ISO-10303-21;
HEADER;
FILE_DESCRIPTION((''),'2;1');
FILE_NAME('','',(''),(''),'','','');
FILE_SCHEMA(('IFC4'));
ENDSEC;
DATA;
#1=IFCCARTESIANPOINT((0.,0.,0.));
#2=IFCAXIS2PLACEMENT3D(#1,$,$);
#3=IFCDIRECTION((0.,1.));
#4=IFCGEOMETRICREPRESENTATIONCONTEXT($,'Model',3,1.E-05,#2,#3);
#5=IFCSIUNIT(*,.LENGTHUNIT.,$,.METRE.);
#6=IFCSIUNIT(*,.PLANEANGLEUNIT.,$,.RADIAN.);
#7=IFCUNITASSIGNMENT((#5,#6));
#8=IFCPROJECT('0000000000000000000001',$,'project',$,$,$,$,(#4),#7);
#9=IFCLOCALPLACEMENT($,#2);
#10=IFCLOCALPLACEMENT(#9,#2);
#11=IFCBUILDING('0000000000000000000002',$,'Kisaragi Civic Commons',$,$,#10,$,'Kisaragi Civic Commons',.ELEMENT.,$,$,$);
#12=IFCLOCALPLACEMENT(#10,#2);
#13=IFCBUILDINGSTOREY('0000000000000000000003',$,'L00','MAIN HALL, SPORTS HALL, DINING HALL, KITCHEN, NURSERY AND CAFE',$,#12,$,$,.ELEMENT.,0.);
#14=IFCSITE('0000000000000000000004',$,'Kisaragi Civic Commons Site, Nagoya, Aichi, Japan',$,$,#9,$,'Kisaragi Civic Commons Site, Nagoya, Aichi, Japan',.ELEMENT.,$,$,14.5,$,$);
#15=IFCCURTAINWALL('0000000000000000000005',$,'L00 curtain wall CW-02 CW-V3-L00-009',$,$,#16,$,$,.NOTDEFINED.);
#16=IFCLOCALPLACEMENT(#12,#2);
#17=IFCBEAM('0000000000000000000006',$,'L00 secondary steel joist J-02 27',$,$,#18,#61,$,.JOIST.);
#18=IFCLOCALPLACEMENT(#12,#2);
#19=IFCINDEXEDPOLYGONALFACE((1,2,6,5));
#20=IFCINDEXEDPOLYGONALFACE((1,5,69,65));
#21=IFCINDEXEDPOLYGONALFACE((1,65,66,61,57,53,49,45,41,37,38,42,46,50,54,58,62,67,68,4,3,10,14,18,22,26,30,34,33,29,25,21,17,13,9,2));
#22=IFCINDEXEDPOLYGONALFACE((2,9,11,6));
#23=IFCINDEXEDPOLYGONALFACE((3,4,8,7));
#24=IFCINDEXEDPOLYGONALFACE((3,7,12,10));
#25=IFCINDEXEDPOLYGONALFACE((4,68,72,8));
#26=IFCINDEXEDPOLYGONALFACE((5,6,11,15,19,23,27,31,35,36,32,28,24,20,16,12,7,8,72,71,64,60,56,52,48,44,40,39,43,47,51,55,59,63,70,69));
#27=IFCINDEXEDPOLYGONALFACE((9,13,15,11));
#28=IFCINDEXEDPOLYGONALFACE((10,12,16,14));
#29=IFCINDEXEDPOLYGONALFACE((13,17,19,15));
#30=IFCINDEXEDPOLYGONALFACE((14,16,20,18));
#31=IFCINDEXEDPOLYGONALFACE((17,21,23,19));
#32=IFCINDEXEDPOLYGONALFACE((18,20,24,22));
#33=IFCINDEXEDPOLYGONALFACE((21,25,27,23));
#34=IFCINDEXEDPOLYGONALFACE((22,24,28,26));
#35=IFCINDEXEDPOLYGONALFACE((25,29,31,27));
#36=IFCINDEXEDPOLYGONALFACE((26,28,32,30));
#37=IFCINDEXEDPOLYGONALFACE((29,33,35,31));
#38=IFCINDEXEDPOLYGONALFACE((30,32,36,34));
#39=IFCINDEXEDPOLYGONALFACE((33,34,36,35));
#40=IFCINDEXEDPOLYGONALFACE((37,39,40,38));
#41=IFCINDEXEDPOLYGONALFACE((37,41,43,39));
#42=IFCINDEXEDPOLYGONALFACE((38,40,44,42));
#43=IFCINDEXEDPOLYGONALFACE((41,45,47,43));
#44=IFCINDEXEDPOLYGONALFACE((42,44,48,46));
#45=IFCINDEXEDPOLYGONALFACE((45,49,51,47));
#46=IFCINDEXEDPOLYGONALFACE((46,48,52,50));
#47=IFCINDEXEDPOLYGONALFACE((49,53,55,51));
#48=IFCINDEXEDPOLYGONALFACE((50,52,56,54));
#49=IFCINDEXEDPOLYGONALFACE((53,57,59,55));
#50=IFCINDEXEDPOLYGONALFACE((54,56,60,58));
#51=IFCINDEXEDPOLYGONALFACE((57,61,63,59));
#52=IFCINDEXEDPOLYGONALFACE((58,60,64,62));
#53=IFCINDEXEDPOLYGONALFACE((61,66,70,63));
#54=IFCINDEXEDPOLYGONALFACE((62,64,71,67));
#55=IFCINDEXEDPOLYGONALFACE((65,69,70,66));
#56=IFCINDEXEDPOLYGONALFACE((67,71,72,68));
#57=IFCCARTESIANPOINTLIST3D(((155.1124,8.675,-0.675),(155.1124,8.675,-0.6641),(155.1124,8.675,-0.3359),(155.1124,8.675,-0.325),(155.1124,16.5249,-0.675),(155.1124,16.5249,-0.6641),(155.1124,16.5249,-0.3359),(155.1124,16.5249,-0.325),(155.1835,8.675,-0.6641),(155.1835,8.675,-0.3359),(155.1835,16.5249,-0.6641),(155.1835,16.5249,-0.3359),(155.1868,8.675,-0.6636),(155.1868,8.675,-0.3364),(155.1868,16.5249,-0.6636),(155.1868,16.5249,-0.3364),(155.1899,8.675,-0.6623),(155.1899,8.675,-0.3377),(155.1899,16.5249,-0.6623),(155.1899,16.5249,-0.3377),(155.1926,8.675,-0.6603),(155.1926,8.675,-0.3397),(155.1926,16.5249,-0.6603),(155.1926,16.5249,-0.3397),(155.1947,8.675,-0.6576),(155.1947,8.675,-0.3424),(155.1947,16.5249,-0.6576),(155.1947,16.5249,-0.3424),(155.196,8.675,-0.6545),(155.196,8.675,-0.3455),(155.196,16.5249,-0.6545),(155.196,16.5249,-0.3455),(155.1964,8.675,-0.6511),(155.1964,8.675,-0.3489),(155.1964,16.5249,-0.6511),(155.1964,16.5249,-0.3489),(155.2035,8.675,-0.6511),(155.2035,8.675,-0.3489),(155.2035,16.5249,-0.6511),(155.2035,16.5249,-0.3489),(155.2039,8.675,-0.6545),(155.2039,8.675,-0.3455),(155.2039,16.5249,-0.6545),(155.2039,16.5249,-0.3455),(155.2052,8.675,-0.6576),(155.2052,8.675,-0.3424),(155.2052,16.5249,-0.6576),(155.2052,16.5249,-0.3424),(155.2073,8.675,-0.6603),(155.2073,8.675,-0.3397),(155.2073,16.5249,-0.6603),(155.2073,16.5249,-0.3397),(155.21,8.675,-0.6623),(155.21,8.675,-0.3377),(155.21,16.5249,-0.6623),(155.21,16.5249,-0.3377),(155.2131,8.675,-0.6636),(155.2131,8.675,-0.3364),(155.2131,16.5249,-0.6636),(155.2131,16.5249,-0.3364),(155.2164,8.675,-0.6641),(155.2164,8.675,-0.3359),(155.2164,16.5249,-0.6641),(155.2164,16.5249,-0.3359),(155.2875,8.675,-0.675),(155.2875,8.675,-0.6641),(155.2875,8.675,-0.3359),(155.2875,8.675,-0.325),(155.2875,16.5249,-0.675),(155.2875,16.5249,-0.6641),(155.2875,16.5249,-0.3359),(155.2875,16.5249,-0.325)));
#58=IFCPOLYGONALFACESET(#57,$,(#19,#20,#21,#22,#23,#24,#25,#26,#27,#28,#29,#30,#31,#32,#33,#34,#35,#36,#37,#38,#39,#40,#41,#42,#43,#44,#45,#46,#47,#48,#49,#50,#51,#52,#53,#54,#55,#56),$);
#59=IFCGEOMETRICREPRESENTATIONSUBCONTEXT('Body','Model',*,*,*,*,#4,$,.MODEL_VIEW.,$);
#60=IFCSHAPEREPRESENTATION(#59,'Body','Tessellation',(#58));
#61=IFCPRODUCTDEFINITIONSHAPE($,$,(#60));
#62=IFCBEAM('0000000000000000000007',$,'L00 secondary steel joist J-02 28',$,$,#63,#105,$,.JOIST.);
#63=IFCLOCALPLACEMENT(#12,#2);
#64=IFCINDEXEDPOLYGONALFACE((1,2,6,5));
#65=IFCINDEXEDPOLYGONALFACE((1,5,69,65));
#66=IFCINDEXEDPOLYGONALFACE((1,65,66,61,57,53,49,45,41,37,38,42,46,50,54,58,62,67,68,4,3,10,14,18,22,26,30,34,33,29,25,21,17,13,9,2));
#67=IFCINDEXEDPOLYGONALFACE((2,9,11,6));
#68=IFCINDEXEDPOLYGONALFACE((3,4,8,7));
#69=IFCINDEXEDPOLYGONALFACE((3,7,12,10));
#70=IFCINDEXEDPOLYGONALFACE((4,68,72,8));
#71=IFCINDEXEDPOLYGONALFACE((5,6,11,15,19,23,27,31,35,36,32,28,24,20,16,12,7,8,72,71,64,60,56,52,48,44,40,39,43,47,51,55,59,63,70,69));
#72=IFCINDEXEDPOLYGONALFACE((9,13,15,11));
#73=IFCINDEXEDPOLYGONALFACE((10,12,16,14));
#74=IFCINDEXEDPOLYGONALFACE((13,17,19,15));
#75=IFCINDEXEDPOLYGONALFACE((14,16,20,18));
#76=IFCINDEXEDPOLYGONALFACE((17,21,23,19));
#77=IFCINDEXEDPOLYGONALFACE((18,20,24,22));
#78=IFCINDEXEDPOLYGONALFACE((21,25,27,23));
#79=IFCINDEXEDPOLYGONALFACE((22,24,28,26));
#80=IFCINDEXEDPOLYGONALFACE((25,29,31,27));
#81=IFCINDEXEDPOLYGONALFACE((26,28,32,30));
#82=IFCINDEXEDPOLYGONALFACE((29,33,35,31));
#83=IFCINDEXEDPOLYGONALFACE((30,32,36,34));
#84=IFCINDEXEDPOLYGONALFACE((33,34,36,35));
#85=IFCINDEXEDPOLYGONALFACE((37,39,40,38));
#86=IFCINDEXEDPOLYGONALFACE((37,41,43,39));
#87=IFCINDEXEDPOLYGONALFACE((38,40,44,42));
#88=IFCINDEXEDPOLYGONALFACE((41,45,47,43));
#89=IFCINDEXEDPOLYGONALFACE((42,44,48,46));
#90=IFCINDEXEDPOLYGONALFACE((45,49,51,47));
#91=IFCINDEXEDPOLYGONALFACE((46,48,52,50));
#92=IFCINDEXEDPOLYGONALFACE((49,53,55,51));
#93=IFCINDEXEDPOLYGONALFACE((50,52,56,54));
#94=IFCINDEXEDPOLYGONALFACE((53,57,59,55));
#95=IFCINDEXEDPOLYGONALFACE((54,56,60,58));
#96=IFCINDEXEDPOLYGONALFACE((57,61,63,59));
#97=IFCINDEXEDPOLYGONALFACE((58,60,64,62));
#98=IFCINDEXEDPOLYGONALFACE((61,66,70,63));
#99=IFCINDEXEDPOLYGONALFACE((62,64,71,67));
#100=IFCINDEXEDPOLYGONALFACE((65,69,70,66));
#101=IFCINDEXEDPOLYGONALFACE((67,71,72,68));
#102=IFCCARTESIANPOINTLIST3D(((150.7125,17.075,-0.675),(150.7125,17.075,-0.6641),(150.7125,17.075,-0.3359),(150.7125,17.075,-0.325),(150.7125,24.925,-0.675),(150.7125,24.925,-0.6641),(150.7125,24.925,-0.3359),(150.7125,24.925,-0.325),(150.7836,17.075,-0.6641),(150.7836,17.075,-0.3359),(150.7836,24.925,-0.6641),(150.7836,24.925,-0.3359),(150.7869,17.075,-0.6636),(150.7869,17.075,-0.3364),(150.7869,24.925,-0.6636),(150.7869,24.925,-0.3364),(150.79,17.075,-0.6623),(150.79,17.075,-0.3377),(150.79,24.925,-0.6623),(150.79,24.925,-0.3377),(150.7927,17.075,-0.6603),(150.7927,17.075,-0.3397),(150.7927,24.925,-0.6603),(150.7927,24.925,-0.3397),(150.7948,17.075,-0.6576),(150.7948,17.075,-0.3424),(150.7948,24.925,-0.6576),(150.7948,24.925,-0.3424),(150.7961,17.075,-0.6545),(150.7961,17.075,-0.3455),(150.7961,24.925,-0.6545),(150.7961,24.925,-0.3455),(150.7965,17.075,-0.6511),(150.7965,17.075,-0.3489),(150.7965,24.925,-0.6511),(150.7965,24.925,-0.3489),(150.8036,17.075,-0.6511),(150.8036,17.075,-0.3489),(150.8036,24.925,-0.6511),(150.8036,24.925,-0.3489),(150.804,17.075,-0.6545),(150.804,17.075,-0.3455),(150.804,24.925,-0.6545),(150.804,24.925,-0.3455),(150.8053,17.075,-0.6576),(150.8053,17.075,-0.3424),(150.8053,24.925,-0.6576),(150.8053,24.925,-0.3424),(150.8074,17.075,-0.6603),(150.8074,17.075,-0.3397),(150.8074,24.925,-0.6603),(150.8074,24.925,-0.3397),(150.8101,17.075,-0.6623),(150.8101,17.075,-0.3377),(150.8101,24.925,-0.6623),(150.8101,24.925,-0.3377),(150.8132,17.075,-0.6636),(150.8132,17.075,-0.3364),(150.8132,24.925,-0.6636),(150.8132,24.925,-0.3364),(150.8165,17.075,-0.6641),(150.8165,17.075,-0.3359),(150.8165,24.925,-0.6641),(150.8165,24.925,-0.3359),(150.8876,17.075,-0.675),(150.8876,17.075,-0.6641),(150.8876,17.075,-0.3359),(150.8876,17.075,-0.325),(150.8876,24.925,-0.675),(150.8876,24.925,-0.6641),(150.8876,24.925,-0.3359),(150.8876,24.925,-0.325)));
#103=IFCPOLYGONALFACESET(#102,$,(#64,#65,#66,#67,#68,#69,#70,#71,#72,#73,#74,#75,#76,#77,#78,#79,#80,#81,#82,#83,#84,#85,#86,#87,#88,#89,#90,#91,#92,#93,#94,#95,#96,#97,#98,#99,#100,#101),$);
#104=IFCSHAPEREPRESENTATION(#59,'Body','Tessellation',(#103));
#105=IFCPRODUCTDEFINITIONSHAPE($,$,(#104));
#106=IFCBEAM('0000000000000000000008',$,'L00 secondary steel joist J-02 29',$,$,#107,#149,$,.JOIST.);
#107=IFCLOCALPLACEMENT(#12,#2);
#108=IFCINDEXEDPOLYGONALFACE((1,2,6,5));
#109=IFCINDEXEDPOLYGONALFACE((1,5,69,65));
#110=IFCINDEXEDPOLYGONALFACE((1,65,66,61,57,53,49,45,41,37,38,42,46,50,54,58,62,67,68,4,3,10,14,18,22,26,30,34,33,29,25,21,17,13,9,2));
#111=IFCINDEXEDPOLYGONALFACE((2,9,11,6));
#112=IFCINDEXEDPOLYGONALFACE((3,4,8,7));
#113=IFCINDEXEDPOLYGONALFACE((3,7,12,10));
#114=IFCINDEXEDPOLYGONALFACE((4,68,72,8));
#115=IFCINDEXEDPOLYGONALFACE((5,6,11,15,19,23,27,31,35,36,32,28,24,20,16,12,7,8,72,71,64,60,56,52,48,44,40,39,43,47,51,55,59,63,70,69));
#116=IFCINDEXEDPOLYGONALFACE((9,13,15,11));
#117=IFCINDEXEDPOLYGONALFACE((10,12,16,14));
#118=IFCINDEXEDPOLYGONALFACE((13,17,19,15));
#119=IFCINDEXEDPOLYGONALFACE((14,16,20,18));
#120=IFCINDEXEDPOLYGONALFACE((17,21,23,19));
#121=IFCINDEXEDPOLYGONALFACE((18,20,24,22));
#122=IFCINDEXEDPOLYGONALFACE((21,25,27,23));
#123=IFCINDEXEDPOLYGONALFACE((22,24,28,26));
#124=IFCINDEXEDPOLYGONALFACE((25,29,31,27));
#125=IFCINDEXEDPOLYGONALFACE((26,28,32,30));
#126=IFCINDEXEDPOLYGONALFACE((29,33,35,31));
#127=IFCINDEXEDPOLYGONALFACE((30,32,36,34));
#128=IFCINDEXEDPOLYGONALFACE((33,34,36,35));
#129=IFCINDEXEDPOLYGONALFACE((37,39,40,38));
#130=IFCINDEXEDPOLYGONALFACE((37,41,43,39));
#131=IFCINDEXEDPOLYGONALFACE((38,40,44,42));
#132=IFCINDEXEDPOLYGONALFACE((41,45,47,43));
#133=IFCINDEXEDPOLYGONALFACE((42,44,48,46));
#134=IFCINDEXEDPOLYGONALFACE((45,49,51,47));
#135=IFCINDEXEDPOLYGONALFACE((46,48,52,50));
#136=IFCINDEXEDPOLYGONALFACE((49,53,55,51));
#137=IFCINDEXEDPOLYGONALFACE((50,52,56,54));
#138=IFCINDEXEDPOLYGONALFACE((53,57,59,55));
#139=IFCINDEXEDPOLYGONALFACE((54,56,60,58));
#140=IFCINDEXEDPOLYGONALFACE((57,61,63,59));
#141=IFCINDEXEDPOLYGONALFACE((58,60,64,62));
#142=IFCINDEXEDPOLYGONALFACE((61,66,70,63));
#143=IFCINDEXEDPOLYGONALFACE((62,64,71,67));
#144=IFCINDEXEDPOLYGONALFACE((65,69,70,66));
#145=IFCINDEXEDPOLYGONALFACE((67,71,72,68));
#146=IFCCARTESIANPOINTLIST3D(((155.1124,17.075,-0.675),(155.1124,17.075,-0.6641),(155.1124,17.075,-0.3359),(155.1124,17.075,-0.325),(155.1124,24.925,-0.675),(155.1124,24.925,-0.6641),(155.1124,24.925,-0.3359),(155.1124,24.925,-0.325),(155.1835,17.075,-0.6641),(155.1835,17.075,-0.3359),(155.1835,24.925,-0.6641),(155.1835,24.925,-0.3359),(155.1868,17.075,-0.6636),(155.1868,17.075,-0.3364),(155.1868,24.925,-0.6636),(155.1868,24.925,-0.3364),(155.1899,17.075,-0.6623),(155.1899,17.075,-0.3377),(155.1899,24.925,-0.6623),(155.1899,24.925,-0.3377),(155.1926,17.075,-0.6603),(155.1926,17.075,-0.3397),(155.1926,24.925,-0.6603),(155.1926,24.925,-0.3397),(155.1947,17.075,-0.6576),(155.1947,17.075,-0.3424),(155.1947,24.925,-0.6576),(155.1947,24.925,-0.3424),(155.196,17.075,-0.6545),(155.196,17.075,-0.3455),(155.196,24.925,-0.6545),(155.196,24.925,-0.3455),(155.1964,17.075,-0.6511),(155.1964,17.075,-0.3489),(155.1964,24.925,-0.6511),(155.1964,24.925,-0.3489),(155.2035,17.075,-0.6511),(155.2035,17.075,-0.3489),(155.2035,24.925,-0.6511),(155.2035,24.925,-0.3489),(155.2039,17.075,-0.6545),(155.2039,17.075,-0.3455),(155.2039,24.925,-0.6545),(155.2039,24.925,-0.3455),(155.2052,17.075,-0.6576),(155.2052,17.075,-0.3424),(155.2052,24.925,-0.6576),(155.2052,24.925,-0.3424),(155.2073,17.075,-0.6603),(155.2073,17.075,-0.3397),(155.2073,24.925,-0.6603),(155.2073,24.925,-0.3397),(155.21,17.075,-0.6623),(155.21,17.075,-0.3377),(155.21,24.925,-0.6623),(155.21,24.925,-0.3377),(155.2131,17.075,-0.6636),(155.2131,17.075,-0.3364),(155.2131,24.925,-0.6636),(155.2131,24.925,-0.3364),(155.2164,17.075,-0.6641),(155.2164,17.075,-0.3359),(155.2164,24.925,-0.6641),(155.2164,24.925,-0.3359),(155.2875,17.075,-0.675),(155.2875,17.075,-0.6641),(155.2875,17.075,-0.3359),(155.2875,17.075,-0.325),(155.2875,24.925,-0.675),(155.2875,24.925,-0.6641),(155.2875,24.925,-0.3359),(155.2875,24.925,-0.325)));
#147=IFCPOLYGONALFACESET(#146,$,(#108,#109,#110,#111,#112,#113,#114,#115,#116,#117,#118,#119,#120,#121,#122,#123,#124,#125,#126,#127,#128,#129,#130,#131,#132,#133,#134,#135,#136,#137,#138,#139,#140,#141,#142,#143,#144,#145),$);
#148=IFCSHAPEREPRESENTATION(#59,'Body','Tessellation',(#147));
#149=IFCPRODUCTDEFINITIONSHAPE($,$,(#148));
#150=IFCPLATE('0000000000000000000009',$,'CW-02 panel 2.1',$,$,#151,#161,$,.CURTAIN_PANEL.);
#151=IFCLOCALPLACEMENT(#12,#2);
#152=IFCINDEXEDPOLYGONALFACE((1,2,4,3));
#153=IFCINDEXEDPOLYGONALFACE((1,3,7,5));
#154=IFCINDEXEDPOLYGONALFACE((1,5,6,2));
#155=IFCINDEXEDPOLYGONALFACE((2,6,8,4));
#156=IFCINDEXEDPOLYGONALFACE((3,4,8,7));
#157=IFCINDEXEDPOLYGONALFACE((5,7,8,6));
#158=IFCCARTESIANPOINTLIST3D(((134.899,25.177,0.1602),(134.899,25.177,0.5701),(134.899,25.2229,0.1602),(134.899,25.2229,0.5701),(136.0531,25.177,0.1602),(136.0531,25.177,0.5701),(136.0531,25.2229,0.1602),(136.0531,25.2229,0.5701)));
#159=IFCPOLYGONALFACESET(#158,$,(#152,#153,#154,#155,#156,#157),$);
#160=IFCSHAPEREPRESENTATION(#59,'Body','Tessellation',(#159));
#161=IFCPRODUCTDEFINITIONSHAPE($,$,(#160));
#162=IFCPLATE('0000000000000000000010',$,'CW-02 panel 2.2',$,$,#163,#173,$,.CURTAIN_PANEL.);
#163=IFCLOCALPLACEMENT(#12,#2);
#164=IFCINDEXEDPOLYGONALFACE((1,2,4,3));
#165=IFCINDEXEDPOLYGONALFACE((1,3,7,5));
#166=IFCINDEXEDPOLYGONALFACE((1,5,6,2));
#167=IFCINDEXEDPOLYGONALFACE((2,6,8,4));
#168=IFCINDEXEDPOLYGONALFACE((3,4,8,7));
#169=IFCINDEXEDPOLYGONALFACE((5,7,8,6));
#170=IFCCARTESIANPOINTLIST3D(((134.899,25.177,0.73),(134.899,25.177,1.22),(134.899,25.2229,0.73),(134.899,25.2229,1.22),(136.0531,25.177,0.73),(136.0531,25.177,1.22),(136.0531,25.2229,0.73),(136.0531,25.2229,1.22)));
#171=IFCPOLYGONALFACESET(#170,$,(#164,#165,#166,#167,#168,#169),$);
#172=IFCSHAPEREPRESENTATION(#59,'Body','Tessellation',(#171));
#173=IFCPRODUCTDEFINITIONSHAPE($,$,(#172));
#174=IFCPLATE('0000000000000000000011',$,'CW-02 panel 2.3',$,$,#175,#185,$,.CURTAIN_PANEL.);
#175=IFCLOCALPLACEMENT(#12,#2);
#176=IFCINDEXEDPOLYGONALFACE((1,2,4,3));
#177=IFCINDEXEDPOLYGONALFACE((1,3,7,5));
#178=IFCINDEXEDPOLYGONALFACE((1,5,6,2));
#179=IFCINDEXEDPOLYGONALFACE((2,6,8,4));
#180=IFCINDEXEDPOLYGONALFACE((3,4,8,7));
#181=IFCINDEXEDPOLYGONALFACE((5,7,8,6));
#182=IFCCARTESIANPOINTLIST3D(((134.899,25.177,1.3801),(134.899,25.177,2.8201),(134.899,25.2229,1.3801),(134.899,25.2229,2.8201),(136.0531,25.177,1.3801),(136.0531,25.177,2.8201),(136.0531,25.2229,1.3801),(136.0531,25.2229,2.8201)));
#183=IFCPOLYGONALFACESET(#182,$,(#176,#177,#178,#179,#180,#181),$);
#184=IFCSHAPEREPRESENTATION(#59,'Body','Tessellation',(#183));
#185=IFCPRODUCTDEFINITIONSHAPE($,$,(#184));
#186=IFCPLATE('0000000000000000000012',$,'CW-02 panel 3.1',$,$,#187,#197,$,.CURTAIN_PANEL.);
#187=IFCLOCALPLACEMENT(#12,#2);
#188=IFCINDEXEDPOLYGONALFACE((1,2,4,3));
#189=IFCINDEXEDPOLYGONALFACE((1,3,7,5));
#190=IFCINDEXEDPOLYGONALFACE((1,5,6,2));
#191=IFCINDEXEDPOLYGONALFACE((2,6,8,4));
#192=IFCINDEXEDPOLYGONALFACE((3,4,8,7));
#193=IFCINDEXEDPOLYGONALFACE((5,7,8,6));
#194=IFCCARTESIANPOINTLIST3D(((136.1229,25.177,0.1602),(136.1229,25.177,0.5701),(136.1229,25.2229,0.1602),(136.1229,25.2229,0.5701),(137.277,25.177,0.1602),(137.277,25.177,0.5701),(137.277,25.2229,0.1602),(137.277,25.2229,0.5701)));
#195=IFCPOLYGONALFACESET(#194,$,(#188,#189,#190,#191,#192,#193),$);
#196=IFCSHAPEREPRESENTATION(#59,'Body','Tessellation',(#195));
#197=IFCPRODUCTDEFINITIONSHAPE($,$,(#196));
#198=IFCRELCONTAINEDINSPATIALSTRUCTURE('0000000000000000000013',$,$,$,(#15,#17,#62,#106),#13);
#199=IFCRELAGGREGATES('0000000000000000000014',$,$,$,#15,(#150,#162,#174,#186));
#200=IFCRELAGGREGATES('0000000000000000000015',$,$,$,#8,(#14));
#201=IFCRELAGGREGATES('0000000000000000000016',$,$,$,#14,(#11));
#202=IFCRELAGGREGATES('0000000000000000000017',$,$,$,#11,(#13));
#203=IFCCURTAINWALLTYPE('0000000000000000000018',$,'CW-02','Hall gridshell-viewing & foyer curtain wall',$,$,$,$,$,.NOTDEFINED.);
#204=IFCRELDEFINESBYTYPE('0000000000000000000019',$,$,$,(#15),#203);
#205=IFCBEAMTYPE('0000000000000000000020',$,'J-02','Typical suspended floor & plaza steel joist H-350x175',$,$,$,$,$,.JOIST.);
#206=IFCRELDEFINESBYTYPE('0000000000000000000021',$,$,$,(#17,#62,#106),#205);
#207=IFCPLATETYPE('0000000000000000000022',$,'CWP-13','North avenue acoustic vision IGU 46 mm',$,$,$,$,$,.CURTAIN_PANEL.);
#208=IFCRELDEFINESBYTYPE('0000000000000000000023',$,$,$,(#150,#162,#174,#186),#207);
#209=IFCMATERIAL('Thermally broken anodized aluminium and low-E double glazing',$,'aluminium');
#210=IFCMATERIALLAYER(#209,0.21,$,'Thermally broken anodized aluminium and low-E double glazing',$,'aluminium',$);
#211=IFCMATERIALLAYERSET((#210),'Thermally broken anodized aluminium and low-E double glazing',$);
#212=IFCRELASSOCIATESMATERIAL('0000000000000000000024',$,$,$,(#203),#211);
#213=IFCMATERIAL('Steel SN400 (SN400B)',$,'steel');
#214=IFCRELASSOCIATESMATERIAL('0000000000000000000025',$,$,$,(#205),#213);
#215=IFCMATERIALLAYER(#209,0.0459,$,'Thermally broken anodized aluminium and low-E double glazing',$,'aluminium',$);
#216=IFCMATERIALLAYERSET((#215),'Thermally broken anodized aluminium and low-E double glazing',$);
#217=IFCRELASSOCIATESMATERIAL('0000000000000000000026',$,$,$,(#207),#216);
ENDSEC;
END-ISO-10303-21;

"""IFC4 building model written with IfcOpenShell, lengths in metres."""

from ifc_helpers import new_model, si_unit, direction, frame, origin, origin_2d, place, context, subcontext, project, spatial, rectangle, i_section, extrude, material, layer, layer_set, material_profile, profile_set, type_object, element, aggregate, save


model = new_model("IFC4")

# Units and contexts
model_context = context("Model", 3, precision=1e-05, world=origin(), true_north=direction((0.0, 1.0)))
body_context = subcontext(model_context, "Body", "Model", "MODEL_VIEW")
ifc_project = project(units=[si_unit("LENGTHUNIT", "METRE"), si_unit("PLANEANGLEUNIT", "RADIAN")], contexts=[model_context])

# Site, building, storey
site_placement = place(None, origin())
site = spatial("IfcSite", under=ifc_project, at=site_placement, Name="Kisaragi Civic Commons Site, Nagoya, Aichi, Japan", LongName="Kisaragi Civic Commons Site, Nagoya, Aichi, Japan", CompositionType="ELEMENT", RefElevation=14.5)
building_placement = place(site_placement, origin())
building = spatial("IfcBuilding", under=site, at=building_placement, Name="Kisaragi Civic Commons", LongName="Kisaragi Civic Commons", CompositionType="ELEMENT")
storey_placement = place(building_placement, origin())
storey = spatial("IfcBuildingStorey", under=building, at=storey_placement, Name="L00", Description="MAIN HALL, SPORTS HALL, DINING HALL, KITCHEN, NURSERY AND CAFE", CompositionType="ELEMENT", Elevation=0.0)

# Curtain wall
ifc_material_1 = material(Name="Thermally broken anodized aluminium and low-E double glazing", Category="aluminium")
ifc_layer_1 = layer(ifc_material_1, 0.21, Name="Thermally broken anodized aluminium and low-E double glazing", Category="aluminium")
ifc_layer_set_1 = layer_set([ifc_layer_1], Name="Thermally broken anodized aluminium and low-E double glazing")
curtain_wall_type = type_object("IfcCurtainWallType", Name="CW-02", Description="Hall gridshell-viewing & foyer curtain wall", PredefinedType="NOTDEFINED", material=ifc_layer_set_1)
curtain_wall_placement = place(storey_placement, origin())
curtain_wall = element("IfcCurtainWall", 1, at=curtain_wall_placement, inside=storey, type_object=curtain_wall_type, Name="L00 curtain wall CW-02 CW-V3-L00-009", PredefinedType="NOTDEFINED")

# Beams
ifc_material_2 = material(Name="Steel SN400 (SN400B)", Category="steel")
ifc_material_profile_1 = material_profile(ifc_material_2, i_section(OverallWidth=0.175, OverallDepth=0.3501, WebThickness=0.0071, FlangeThickness=0.011, FilletRadius=0.0129, at=origin_2d()), Name="H-350x175x7x11", Category="steel")
ifc_profile_set_1 = profile_set([ifc_material_profile_1], Name="Steel SN400 (SN400B)")
beam_type_1 = type_object("IfcBeamType", Name="J-02", Description="Typical suspended floor & plaza steel joist H-350x175", PredefinedType="JOIST", material=ifc_profile_set_1)
for number, where, z_axis, x_axis, name in (
    (2, (155.2, 8.675, -0.5), (0.0, 1.0, 0.0), (-1.0, 0.0, 0.0), "L00 secondary steel joist J-02 27"),
):
    element("IfcBeam", number, at=place(storey_placement, frame(where, z_axis=z_axis, x_axis=x_axis)), inside=storey, type_object=beam_type_1, Name=name, PredefinedType="JOIST", context=body_context, shape_type="SweptSolid", body=[
        extrude(i_section(OverallWidth=0.175, OverallDepth=0.3501, WebThickness=0.0071, FlangeThickness=0.011, FilletRadius=0.0129, at=origin_2d()), origin(), (0.0, 0.0, 1.0), 7.8499),
    ])
for number, where, z_axis, x_axis, name in (
    (3, (150.8, 17.075, -0.5), (0.0, 1.0, 0.0), (-1.0, 0.0, 0.0), "L00 secondary steel joist J-02 28"),
    (4, (155.2, 17.075, -0.5), (0.0, 1.0, 0.0), (-1.0, 0.0, 0.0), "L00 secondary steel joist J-02 29"),
):
    element("IfcBeam", number, at=place(storey_placement, frame(where, z_axis=z_axis, x_axis=x_axis)), inside=storey, type_object=beam_type_1, Name=name, PredefinedType="JOIST", context=body_context, shape_type="SweptSolid", body=[
        extrude(i_section(OverallWidth=0.175, OverallDepth=0.3501, WebThickness=0.0071, FlangeThickness=0.011, FilletRadius=0.0129, at=origin_2d()), origin(), (0.0, 0.0, 1.0), 7.8501),
    ])

# Plates
ifc_layer_2 = layer(ifc_material_1, 0.0459, Name="Thermally broken anodized aluminium and low-E double glazing", Category="aluminium")
ifc_layer_set_2 = layer_set([ifc_layer_2], Name="Thermally broken anodized aluminium and low-E double glazing")
plate_type = type_object("IfcPlateType", Name="CWP-13", Description="North avenue acoustic vision IGU 46 mm", PredefinedType="CURTAIN_PANEL", material=ifc_layer_set_2)
plate_1_placement = place(storey_placement, frame((135.4761, 25.2, 0.1602), z_axis=(0.0, 0.0, 1.0), x_axis=(1.0, 0.0, 0.0)))
plate_1 = element("IfcPlate", 5, at=plate_1_placement, type_object=plate_type, Name="CW-02 panel 2.1", PredefinedType="CURTAIN_PANEL", context=body_context, shape_type="SweptSolid", body=[
    extrude(rectangle(XDim=1.1541, YDim=0.0459, at=origin_2d()), origin(), (0.0, 0.0, 1.0), 0.4099),
])
plate_2_placement = place(storey_placement, frame((135.4761, 25.2, 0.73), z_axis=(0.0, 0.0, 1.0), x_axis=(1.0, 0.0, 0.0)))
plate_2 = element("IfcPlate", 6, at=plate_2_placement, type_object=plate_type, Name="CW-02 panel 2.2", PredefinedType="CURTAIN_PANEL", context=body_context, shape_type="SweptSolid", body=[
    extrude(rectangle(XDim=1.1541, YDim=0.0459, at=origin_2d()), origin(), (0.0, 0.0, 1.0), 0.49),
])
plate_3_placement = place(storey_placement, frame((135.4761, 25.2, 1.3801), z_axis=(0.0, 0.0, 1.0), x_axis=(1.0, 0.0, 0.0)))
plate_3 = element("IfcPlate", 7, at=plate_3_placement, type_object=plate_type, Name="CW-02 panel 2.3", PredefinedType="CURTAIN_PANEL", context=body_context, shape_type="SweptSolid", body=[
    extrude(rectangle(XDim=1.1541, YDim=0.0459, at=origin_2d()), origin(), (0.0, 0.0, 1.0), 1.4399),
])
plate_4_placement = place(storey_placement, frame((136.7, 25.2, 0.1602), z_axis=(0.0, 0.0, 1.0), x_axis=(1.0, 0.0, 0.0)))
plate_4 = element("IfcPlate", 8, at=plate_4_placement, type_object=plate_type, Name="CW-02 panel 3.1", PredefinedType="CURTAIN_PANEL", context=body_context, shape_type="SweptSolid", body=[
    extrude(rectangle(XDim=1.1541, YDim=0.0459, at=origin_2d()), origin(), (0.0, 0.0, 1.0), 0.4099),
])
aggregate(curtain_wall, [plate_1, plate_2, plate_3, plate_4])

save(model, "model.ifc")
